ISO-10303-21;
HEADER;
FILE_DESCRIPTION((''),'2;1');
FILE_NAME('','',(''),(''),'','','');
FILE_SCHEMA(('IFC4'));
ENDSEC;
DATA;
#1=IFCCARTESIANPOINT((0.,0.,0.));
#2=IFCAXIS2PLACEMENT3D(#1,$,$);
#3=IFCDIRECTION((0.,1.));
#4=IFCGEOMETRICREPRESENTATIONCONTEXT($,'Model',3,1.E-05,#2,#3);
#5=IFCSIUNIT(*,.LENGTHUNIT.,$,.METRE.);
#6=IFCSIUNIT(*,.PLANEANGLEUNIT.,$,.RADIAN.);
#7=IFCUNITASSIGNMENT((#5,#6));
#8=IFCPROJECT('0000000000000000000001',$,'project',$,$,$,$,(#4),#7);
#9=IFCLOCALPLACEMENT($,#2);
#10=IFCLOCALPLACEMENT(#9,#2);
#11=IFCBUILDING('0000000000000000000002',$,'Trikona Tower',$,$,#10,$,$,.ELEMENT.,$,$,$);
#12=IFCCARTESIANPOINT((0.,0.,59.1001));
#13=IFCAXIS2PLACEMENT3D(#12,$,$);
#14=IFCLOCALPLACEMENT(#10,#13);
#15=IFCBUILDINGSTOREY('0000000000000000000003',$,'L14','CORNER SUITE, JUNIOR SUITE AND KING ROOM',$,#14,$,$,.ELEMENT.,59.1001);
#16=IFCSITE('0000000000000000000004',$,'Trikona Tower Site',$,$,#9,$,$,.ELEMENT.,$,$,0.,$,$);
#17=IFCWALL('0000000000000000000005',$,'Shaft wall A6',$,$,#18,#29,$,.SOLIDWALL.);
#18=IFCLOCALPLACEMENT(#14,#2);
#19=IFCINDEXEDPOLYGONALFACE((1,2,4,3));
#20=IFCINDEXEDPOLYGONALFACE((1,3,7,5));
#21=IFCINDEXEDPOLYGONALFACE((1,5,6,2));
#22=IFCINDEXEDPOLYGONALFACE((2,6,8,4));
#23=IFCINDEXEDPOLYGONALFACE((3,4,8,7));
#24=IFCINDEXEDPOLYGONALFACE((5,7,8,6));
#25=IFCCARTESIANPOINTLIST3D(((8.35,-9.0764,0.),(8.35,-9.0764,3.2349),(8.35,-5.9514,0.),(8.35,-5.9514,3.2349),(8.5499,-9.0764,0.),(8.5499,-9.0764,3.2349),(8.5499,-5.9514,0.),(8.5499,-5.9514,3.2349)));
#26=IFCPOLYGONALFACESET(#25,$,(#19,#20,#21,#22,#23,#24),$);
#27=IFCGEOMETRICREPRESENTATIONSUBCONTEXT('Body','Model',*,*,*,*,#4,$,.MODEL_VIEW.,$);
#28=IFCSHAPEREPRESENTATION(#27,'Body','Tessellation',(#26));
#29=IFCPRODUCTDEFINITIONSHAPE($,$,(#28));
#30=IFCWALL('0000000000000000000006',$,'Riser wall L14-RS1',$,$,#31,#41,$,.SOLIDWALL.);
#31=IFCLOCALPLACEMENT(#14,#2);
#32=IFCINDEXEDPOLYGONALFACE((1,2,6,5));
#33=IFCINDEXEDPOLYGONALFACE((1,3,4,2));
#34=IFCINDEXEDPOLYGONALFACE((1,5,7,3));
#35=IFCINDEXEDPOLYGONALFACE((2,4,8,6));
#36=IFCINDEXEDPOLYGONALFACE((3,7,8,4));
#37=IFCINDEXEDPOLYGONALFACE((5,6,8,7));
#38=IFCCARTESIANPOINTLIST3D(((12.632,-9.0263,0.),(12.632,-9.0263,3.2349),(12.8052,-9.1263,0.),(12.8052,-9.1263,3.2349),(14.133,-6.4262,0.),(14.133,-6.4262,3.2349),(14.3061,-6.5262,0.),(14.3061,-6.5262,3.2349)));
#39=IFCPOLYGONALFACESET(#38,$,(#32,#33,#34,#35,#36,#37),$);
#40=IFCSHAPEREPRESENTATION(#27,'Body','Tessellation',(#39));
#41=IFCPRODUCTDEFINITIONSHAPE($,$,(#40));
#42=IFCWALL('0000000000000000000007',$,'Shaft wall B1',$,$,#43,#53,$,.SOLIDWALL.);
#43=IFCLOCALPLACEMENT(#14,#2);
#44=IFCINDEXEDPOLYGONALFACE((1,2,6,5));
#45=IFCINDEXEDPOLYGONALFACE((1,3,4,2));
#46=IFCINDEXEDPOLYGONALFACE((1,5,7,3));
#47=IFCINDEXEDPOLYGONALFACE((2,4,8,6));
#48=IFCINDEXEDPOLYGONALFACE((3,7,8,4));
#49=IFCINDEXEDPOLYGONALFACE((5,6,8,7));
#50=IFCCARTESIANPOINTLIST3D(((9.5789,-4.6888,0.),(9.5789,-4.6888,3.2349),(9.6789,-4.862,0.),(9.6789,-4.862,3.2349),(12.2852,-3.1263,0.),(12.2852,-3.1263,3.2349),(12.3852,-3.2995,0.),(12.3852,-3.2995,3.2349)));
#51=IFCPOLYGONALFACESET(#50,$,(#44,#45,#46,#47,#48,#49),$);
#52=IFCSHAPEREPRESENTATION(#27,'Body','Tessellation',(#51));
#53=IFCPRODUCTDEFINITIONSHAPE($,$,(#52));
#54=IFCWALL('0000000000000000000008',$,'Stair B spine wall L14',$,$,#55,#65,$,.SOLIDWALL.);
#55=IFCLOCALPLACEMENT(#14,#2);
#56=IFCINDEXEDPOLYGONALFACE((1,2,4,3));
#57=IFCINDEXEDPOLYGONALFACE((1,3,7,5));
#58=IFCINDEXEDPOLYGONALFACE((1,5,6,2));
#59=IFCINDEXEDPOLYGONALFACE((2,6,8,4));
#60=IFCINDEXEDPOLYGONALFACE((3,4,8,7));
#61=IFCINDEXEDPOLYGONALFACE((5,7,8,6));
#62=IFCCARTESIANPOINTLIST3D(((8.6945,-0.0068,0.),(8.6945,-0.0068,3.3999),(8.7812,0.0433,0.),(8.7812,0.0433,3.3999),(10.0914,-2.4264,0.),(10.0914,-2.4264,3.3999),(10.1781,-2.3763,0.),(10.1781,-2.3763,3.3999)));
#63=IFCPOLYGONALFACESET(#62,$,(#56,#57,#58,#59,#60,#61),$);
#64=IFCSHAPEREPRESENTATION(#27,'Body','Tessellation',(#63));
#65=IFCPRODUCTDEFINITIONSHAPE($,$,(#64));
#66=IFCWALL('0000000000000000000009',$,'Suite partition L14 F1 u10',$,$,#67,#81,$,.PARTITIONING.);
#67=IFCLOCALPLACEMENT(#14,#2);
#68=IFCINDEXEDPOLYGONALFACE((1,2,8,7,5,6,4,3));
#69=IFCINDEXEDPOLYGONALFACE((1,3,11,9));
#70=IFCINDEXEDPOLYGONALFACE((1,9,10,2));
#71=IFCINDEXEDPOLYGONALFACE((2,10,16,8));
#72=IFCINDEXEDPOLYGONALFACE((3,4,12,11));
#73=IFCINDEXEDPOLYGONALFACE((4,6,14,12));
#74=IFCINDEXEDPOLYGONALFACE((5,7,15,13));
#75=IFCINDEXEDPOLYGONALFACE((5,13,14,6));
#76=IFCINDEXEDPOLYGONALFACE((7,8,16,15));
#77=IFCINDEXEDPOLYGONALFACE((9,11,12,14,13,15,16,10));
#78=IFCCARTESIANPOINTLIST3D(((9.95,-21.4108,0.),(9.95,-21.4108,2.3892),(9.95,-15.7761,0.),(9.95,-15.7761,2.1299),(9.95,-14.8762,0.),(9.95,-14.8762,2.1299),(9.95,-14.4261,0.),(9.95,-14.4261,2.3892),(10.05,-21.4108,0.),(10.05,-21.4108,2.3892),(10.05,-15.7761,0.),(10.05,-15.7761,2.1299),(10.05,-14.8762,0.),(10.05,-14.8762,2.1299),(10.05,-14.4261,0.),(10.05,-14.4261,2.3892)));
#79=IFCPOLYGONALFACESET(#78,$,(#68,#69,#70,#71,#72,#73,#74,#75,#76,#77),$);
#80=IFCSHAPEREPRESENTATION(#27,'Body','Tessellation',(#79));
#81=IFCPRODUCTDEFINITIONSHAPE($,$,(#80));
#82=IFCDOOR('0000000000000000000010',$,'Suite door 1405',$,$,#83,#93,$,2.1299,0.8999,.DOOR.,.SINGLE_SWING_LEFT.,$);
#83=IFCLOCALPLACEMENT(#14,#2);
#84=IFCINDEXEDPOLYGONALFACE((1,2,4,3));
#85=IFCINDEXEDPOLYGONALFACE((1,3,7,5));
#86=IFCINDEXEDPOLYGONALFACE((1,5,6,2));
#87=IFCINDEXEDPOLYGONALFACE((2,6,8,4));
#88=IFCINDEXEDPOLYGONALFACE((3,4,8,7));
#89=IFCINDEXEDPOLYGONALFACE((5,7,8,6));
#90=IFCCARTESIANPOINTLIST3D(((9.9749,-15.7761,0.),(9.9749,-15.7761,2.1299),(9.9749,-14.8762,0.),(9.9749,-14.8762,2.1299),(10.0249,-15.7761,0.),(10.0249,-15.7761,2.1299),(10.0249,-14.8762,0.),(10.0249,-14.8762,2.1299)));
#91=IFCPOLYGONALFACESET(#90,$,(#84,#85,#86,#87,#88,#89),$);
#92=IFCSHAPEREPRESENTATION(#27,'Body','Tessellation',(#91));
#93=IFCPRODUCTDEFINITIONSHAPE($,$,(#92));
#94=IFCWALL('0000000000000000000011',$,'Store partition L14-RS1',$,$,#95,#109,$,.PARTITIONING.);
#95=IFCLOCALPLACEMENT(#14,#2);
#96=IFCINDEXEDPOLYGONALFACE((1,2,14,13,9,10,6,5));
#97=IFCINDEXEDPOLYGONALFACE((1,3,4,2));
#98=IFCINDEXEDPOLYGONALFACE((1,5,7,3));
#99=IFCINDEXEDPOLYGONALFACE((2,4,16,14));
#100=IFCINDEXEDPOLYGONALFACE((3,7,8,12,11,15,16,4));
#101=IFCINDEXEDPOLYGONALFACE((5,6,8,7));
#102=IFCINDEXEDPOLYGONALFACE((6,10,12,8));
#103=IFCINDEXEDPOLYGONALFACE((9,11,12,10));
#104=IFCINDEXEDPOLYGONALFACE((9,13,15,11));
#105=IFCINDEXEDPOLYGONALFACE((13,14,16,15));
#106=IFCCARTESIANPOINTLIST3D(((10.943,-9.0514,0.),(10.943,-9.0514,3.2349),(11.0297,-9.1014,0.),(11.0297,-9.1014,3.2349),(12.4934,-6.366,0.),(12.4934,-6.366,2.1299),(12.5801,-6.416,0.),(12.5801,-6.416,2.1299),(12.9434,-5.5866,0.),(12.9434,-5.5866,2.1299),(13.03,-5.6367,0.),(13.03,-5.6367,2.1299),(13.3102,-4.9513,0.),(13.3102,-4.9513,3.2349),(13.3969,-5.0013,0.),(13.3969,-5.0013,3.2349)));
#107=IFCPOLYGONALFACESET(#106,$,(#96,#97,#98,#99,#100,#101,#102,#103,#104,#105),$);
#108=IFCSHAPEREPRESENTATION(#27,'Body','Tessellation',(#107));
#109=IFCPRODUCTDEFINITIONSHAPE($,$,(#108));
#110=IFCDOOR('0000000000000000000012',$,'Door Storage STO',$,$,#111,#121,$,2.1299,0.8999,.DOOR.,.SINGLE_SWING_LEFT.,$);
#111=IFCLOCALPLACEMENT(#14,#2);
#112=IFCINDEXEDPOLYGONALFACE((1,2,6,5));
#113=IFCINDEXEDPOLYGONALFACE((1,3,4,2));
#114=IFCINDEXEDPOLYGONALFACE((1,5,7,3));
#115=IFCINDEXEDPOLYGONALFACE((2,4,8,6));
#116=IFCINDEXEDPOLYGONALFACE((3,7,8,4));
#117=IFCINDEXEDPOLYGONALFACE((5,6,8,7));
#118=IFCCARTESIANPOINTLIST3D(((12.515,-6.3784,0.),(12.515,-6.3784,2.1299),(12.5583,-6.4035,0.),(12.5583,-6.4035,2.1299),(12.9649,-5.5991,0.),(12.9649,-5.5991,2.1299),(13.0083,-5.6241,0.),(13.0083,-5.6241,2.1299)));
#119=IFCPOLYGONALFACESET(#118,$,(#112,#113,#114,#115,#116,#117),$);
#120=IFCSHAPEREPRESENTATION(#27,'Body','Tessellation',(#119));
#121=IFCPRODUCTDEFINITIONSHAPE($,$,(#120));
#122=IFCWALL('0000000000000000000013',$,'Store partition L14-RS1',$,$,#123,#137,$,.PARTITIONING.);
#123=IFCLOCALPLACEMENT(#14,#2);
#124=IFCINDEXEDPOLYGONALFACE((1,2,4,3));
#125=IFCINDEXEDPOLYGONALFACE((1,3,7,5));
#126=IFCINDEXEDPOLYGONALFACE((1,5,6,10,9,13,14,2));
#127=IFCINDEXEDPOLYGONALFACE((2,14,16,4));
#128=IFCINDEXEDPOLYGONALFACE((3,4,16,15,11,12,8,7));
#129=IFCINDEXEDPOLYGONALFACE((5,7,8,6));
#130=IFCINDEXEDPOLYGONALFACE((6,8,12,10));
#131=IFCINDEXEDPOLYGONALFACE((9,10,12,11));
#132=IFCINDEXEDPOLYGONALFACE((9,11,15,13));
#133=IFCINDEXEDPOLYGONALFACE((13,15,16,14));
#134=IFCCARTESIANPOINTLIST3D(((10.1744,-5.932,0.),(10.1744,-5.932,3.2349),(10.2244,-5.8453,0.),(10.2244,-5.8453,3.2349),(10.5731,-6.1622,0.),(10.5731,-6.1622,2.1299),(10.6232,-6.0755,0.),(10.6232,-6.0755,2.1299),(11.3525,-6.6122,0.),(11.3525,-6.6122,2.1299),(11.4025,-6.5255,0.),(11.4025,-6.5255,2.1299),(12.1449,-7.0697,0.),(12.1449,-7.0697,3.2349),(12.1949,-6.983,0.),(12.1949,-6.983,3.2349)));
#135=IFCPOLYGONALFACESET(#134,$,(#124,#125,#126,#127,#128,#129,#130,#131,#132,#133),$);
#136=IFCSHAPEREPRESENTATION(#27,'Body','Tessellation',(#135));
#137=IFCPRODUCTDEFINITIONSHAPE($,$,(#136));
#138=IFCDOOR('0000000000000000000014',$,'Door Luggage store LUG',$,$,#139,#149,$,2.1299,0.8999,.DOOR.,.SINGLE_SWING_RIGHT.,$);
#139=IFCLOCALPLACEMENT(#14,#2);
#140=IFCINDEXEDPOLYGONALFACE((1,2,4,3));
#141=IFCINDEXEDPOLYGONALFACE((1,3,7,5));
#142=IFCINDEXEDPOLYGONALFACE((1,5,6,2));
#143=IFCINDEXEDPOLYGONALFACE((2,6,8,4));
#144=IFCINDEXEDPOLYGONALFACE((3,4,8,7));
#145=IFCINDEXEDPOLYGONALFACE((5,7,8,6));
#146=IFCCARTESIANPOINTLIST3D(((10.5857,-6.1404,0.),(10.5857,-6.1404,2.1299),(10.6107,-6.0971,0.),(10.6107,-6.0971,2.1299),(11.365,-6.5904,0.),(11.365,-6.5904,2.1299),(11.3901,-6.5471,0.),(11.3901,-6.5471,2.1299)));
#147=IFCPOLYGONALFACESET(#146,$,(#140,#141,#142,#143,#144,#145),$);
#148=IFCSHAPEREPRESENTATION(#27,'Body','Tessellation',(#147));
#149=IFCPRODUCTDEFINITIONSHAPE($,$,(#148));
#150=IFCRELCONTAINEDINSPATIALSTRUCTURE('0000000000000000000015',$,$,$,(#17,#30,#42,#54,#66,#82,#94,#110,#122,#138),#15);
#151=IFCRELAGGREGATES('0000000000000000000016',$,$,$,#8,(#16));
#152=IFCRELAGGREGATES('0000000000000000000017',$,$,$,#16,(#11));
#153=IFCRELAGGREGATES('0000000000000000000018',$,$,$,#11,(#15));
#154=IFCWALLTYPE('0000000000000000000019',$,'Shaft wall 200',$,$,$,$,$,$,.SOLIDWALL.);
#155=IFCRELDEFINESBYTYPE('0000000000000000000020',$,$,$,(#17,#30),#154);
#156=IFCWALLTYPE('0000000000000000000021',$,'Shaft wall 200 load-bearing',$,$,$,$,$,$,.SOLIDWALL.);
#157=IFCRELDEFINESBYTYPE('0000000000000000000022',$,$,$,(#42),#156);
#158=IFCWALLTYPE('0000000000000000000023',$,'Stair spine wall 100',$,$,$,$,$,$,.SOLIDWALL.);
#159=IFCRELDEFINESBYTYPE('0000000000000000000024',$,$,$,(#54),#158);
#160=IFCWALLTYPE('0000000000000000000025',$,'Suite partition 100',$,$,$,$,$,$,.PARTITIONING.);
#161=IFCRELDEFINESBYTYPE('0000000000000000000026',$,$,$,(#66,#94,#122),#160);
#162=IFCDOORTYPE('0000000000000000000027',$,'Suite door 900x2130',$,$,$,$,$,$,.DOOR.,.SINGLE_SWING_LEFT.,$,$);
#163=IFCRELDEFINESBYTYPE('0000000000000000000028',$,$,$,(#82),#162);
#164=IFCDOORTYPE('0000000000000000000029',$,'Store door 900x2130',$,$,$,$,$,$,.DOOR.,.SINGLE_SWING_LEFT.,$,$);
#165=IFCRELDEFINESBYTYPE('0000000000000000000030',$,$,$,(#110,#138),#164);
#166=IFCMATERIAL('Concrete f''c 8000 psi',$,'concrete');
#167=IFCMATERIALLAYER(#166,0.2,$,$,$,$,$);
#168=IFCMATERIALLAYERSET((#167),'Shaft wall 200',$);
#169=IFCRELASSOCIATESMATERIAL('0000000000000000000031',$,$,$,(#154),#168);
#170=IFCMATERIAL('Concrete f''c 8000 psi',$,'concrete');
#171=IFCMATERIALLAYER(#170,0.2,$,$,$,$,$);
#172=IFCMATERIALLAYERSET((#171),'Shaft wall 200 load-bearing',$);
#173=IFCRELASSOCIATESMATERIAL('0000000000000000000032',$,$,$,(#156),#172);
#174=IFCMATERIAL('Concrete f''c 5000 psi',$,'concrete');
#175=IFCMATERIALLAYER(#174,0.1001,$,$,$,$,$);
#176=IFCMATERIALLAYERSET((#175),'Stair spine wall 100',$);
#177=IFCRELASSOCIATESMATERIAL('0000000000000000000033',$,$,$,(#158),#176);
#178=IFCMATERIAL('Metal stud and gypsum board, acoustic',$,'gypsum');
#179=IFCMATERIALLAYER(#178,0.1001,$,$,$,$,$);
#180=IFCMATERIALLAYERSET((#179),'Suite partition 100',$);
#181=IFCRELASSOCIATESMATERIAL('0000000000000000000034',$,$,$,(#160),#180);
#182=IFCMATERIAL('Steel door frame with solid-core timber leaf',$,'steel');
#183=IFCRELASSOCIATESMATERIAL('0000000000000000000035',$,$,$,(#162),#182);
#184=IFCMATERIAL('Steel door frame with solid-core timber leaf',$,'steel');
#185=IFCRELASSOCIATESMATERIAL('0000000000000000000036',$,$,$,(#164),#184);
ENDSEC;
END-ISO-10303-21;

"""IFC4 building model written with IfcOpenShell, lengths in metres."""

from ifc_helpers import new_model, si_unit, direction, frame, frame_2d, origin, place, context, subcontext, project, spatial, rectangle, extrude, material, layer, layer_set, type_object, element, fill, save


model = new_model("IFC4")

# Units and contexts
model_context = context("Model", 3, precision=1e-05, world=origin(), true_north=direction((0.0, 1.0)))
body_context = subcontext(model_context, "Body", "Model", "MODEL_VIEW")
ifc_project = project(units=[si_unit("LENGTHUNIT", "METRE"), si_unit("PLANEANGLEUNIT", "RADIAN")], contexts=[model_context])

# Site, building, storey
site_placement = place(None, origin())
site = spatial("IfcSite", under=ifc_project, at=site_placement, Name="Trikona Tower Site", CompositionType="ELEMENT", RefElevation=0.0)
building_placement = place(site_placement, origin())
building = spatial("IfcBuilding", under=site, at=building_placement, Name="Trikona Tower", CompositionType="ELEMENT")
storey_placement = place(building_placement, frame((0.0, 0.0, 59.1001)))
storey = spatial("IfcBuildingStorey", under=building, at=storey_placement, Name="L14", Description="CORNER SUITE, JUNIOR SUITE AND KING ROOM", CompositionType="ELEMENT", Elevation=59.1001)

# Walls
ifc_material_1 = material(Name="Concrete f'c 8000 psi", Category="concrete")
ifc_layer_1 = layer(ifc_material_1, 0.2)
ifc_layer_set_1 = layer_set([ifc_layer_1], Name="Shaft wall 200")
wall_type_1 = type_object("IfcWallType", Name="Shaft wall 200", PredefinedType="SOLIDWALL", material=ifc_layer_set_1)
for number, where, z_axis, x_axis, name in (
    (1, (8.45, -5.9514, 0.0), (0.0, 0.0, 1.0), (0.0, -1.0, 0.0), "Shaft wall A6"),
):
    element("IfcWall", number, at=place(storey_placement, frame(where, z_axis=z_axis, x_axis=x_axis)), inside=storey, type_object=wall_type_1, Name=name, PredefinedType="SOLIDWALL", context=body_context, shape_type="SweptSolid", body=[
        extrude(rectangle(XDim=3.125, YDim=0.2, at=frame_2d((1.5625, 0.0))), origin(), (0.0, 0.0, 1.0), 3.2349),
    ])
wall_1_placement = place(storey_placement, frame((14.2195, -6.4763, 0.0), z_axis=(0.0, 0.0, 1.0), x_axis=(-0.499952, -0.866053, 0.0)))
element("IfcWall", 2, at=wall_1_placement, inside=storey, type_object=wall_type_1, Name="Riser wall L14-RS1", PredefinedType="SOLIDWALL", context=body_context, shape_type="SweptSolid", body=[
    extrude(rectangle(XDim=3.0022, YDim=0.2, at=frame_2d((1.501, 0.0))), origin(), (0.0, 0.0, 1.0), 3.2349),
])
ifc_material_2 = material(Name="Concrete f'c 8000 psi", Category="concrete")
ifc_layer_2 = layer(ifc_material_2, 0.2)
ifc_layer_set_2 = layer_set([ifc_layer_2], Name="Shaft wall 200 load-bearing")
wall_type_2 = type_object("IfcWallType", Name="Shaft wall 200 load-bearing", PredefinedType="SOLIDWALL", material=ifc_layer_set_2)
wall_2_placement = place(storey_placement, frame((9.6289, -4.7754, 0.0), z_axis=(0.0, 0.0, 1.0), x_axis=(0.866023, 0.500004, 0.0)))
element("IfcWall", 3, at=wall_2_placement, inside=storey, type_object=wall_type_2, Name="Shaft wall B1", PredefinedType="SOLIDWALL", context=body_context, shape_type="SweptSolid", body=[
    extrude(rectangle(XDim=3.125, YDim=0.2, at=frame_2d((1.5625, 0.0))), origin(), (0.0, 0.0, 1.0), 3.2349),
])
ifc_material_3 = material(Name="Concrete f'c 5000 psi", Category="concrete")
ifc_layer_3 = layer(ifc_material_3, 0.1001)
ifc_layer_set_3 = layer_set([ifc_layer_3], Name="Stair spine wall 100")
wall_type_3 = type_object("IfcWallType", Name="Stair spine wall 100", PredefinedType="SOLIDWALL", material=ifc_layer_set_3)
wall_3_placement = place(storey_placement, frame((10.1348, -2.4014, 0.0), z_axis=(0.0, 0.0, 1.0), x_axis=(-0.499992, 0.86603, 0.0)))
element("IfcWall", 4, at=wall_3_placement, inside=storey, type_object=wall_type_3, Name="Stair B spine wall L14", PredefinedType="SOLIDWALL", context=body_context, shape_type="SweptSolid", body=[
    extrude(rectangle(XDim=2.7939, YDim=0.1001, at=frame_2d((1.397, 0.0))), origin(), (0.0, 0.0, 1.0), 3.3999),
])

# Walls, openings, doors
ifc_material_4 = material(Name="Metal stud and gypsum board, acoustic", Category="gypsum")
ifc_layer_4 = layer(ifc_material_4, 0.1001)
ifc_layer_set_4 = layer_set([ifc_layer_4], Name="Suite partition 100")
wall_type_4 = type_object("IfcWallType", Name="Suite partition 100", PredefinedType="PARTITIONING", material=ifc_layer_set_4)
wall_4_placement = place(storey_placement, frame((10.0, -14.4263, 0.0), z_axis=(0.0, 0.0, 1.0), x_axis=(0.0, -1.0, 0.0)))
wall_4 = element("IfcWall", 5, at=wall_4_placement, inside=storey, type_object=wall_type_4, Name="Suite partition L14 F1 u10", PredefinedType="PARTITIONING", context=body_context, shape_type="SweptSolid", body=[
    extrude(rectangle(XDim=6.9846, YDim=0.1001, at=frame_2d((3.4922, 0.0))), origin(), (0.0, 0.0, 1.0), 2.3892),
])
opening_1_placement = place(wall_4_placement, frame((0.45, 0.0, 0.0)))
opening_1 = element("IfcOpeningElement", 6, at=opening_1_placement, cuts=wall_4, PredefinedType="OPENING", context=body_context, shape_type="SweptSolid", body=[
    extrude(rectangle(XDim=0.8999, YDim=2.1299, at=frame_2d((0.45, 1.0649))), frame((0.0, 0.0601, 0.0), z_axis=(0.0, -1.0, 0.0), x_axis=(1.0, 0.0, 0.0)), (0.0, 0.0, 1.0), 0.1201),
])
ifc_material_5 = material(Name="Steel door frame with solid-core timber leaf", Category="steel")
door_type_1 = type_object("IfcDoorType", Name="Suite door 900x2130", OperationType="SINGLE_SWING_LEFT", PredefinedType="DOOR", material=ifc_material_5)
door_1_placement = place(opening_1_placement, origin())
door_1 = element("IfcDoor", 7, at=door_1_placement, inside=storey, type_object=door_type_1, Name="Suite door 1405", OperationType="SINGLE_SWING_LEFT", OverallHeight=2.1299, OverallWidth=0.8999, PredefinedType="DOOR", context=body_context, shape_type="SweptSolid", body=[
    extrude(rectangle(XDim=0.8999, YDim=2.1299, at=frame_2d((0.45, 1.0649))), frame((0.0, 0.0249, 0.0), z_axis=(0.0, -1.0, 0.0), x_axis=(1.0, 0.0, 0.0)), (0.0, 0.0, 1.0), 0.05),
])
fill(opening_1, door_1)
wall_5_placement = place(storey_placement, frame((13.3535, -4.9763, 0.0), z_axis=(0.0, 0.0, 1.0), x_axis=(-0.499999, -0.866026, 0.0)))
wall_5 = element("IfcWall", 8, at=wall_5_placement, inside=storey, type_object=wall_type_4, Name="Store partition L14-RS1", PredefinedType="PARTITIONING", context=body_context, shape_type="SweptSolid", body=[
    extrude(rectangle(XDim=4.7344, YDim=0.1001, at=frame_2d((2.3672, 0.0))), origin(), (0.0, 0.0, 1.0), 3.2349),
])
opening_2_placement = place(wall_5_placement, frame((0.7336, 0.0, 0.0)))
opening_2 = element("IfcOpeningElement", 9, at=opening_2_placement, cuts=wall_5, PredefinedType="OPENING", context=body_context, shape_type="SweptSolid", body=[
    extrude(rectangle(XDim=0.8999, YDim=2.1299, at=frame_2d((0.45, 1.0649))), frame((0.0, 0.0601, 0.0), z_axis=(0.0, -1.0, 0.0), x_axis=(1.0, 0.0, 0.0)), (0.0, 0.0, 1.0), 0.1201),
])
ifc_material_6 = material(Name="Steel door frame with solid-core timber leaf", Category="steel")
door_type_2 = type_object("IfcDoorType", Name="Store door 900x2130", OperationType="SINGLE_SWING_LEFT", PredefinedType="DOOR", material=ifc_material_6)
door_2_placement = place(opening_2_placement, origin())
door_2 = element("IfcDoor", 10, at=door_2_placement, inside=storey, type_object=door_type_2, Name="Door Storage STO", OperationType="SINGLE_SWING_LEFT", OverallHeight=2.1299, OverallWidth=0.8999, PredefinedType="DOOR", context=body_context, shape_type="SweptSolid", body=[
    extrude(rectangle(XDim=0.8999, YDim=2.1299, at=frame_2d((0.45, 1.0649))), frame((0.0, 0.0249, 0.0), z_axis=(0.0, -1.0, 0.0), x_axis=(1.0, 0.0, 0.0)), (0.0, 0.0, 1.0), 0.05),
])
fill(opening_2, door_2)
wall_6_placement = place(storey_placement, frame((12.1699, -7.0264, 0.0), z_axis=(0.0, 0.0, 1.0), x_axis=(-0.866016, 0.500017, 0.0)))
wall_6 = element("IfcWall", 11, at=wall_6_placement, inside=storey, type_object=wall_type_4, Name="Store partition L14-RS1", PredefinedType="PARTITIONING", context=body_context, shape_type="SweptSolid", body=[
    extrude(rectangle(XDim=2.2754, YDim=0.1001, at=frame_2d((1.1377, 0.0))), origin(), (0.0, 0.0, 1.0), 3.2349),
])
opening_3_placement = place(wall_6_placement, frame((0.915, 0.0, 0.0)))
opening_3 = element("IfcOpeningElement", 12, at=opening_3_placement, cuts=wall_6, PredefinedType="OPENING", context=body_context, shape_type="SweptSolid", body=[
    extrude(rectangle(XDim=0.8999, YDim=2.1299, at=frame_2d((0.45, 1.0649))), frame((0.0, 0.0601, 0.0), z_axis=(0.0, -1.0, 0.0), x_axis=(1.0, 0.0, 0.0)), (0.0, 0.0, 1.0), 0.1201),
])
door_3_placement = place(opening_3_placement, origin())
door_3 = element("IfcDoor", 13, at=door_3_placement, inside=storey, type_object=door_type_2, Name="Door Luggage store LUG", OperationType="SINGLE_SWING_RIGHT", OverallHeight=2.1299, OverallWidth=0.8999, PredefinedType="DOOR", context=body_context, shape_type="SweptSolid", body=[
    extrude(rectangle(XDim=0.8999, YDim=2.1299, at=frame_2d((0.45, 1.0649))), frame((0.0, 0.0249, 0.0), z_axis=(0.0, -1.0, 0.0), x_axis=(1.0, 0.0, 0.0)), (0.0, 0.0, 1.0), 0.05),
])
fill(opening_3, door_3)

save(model, "model.ifc")
